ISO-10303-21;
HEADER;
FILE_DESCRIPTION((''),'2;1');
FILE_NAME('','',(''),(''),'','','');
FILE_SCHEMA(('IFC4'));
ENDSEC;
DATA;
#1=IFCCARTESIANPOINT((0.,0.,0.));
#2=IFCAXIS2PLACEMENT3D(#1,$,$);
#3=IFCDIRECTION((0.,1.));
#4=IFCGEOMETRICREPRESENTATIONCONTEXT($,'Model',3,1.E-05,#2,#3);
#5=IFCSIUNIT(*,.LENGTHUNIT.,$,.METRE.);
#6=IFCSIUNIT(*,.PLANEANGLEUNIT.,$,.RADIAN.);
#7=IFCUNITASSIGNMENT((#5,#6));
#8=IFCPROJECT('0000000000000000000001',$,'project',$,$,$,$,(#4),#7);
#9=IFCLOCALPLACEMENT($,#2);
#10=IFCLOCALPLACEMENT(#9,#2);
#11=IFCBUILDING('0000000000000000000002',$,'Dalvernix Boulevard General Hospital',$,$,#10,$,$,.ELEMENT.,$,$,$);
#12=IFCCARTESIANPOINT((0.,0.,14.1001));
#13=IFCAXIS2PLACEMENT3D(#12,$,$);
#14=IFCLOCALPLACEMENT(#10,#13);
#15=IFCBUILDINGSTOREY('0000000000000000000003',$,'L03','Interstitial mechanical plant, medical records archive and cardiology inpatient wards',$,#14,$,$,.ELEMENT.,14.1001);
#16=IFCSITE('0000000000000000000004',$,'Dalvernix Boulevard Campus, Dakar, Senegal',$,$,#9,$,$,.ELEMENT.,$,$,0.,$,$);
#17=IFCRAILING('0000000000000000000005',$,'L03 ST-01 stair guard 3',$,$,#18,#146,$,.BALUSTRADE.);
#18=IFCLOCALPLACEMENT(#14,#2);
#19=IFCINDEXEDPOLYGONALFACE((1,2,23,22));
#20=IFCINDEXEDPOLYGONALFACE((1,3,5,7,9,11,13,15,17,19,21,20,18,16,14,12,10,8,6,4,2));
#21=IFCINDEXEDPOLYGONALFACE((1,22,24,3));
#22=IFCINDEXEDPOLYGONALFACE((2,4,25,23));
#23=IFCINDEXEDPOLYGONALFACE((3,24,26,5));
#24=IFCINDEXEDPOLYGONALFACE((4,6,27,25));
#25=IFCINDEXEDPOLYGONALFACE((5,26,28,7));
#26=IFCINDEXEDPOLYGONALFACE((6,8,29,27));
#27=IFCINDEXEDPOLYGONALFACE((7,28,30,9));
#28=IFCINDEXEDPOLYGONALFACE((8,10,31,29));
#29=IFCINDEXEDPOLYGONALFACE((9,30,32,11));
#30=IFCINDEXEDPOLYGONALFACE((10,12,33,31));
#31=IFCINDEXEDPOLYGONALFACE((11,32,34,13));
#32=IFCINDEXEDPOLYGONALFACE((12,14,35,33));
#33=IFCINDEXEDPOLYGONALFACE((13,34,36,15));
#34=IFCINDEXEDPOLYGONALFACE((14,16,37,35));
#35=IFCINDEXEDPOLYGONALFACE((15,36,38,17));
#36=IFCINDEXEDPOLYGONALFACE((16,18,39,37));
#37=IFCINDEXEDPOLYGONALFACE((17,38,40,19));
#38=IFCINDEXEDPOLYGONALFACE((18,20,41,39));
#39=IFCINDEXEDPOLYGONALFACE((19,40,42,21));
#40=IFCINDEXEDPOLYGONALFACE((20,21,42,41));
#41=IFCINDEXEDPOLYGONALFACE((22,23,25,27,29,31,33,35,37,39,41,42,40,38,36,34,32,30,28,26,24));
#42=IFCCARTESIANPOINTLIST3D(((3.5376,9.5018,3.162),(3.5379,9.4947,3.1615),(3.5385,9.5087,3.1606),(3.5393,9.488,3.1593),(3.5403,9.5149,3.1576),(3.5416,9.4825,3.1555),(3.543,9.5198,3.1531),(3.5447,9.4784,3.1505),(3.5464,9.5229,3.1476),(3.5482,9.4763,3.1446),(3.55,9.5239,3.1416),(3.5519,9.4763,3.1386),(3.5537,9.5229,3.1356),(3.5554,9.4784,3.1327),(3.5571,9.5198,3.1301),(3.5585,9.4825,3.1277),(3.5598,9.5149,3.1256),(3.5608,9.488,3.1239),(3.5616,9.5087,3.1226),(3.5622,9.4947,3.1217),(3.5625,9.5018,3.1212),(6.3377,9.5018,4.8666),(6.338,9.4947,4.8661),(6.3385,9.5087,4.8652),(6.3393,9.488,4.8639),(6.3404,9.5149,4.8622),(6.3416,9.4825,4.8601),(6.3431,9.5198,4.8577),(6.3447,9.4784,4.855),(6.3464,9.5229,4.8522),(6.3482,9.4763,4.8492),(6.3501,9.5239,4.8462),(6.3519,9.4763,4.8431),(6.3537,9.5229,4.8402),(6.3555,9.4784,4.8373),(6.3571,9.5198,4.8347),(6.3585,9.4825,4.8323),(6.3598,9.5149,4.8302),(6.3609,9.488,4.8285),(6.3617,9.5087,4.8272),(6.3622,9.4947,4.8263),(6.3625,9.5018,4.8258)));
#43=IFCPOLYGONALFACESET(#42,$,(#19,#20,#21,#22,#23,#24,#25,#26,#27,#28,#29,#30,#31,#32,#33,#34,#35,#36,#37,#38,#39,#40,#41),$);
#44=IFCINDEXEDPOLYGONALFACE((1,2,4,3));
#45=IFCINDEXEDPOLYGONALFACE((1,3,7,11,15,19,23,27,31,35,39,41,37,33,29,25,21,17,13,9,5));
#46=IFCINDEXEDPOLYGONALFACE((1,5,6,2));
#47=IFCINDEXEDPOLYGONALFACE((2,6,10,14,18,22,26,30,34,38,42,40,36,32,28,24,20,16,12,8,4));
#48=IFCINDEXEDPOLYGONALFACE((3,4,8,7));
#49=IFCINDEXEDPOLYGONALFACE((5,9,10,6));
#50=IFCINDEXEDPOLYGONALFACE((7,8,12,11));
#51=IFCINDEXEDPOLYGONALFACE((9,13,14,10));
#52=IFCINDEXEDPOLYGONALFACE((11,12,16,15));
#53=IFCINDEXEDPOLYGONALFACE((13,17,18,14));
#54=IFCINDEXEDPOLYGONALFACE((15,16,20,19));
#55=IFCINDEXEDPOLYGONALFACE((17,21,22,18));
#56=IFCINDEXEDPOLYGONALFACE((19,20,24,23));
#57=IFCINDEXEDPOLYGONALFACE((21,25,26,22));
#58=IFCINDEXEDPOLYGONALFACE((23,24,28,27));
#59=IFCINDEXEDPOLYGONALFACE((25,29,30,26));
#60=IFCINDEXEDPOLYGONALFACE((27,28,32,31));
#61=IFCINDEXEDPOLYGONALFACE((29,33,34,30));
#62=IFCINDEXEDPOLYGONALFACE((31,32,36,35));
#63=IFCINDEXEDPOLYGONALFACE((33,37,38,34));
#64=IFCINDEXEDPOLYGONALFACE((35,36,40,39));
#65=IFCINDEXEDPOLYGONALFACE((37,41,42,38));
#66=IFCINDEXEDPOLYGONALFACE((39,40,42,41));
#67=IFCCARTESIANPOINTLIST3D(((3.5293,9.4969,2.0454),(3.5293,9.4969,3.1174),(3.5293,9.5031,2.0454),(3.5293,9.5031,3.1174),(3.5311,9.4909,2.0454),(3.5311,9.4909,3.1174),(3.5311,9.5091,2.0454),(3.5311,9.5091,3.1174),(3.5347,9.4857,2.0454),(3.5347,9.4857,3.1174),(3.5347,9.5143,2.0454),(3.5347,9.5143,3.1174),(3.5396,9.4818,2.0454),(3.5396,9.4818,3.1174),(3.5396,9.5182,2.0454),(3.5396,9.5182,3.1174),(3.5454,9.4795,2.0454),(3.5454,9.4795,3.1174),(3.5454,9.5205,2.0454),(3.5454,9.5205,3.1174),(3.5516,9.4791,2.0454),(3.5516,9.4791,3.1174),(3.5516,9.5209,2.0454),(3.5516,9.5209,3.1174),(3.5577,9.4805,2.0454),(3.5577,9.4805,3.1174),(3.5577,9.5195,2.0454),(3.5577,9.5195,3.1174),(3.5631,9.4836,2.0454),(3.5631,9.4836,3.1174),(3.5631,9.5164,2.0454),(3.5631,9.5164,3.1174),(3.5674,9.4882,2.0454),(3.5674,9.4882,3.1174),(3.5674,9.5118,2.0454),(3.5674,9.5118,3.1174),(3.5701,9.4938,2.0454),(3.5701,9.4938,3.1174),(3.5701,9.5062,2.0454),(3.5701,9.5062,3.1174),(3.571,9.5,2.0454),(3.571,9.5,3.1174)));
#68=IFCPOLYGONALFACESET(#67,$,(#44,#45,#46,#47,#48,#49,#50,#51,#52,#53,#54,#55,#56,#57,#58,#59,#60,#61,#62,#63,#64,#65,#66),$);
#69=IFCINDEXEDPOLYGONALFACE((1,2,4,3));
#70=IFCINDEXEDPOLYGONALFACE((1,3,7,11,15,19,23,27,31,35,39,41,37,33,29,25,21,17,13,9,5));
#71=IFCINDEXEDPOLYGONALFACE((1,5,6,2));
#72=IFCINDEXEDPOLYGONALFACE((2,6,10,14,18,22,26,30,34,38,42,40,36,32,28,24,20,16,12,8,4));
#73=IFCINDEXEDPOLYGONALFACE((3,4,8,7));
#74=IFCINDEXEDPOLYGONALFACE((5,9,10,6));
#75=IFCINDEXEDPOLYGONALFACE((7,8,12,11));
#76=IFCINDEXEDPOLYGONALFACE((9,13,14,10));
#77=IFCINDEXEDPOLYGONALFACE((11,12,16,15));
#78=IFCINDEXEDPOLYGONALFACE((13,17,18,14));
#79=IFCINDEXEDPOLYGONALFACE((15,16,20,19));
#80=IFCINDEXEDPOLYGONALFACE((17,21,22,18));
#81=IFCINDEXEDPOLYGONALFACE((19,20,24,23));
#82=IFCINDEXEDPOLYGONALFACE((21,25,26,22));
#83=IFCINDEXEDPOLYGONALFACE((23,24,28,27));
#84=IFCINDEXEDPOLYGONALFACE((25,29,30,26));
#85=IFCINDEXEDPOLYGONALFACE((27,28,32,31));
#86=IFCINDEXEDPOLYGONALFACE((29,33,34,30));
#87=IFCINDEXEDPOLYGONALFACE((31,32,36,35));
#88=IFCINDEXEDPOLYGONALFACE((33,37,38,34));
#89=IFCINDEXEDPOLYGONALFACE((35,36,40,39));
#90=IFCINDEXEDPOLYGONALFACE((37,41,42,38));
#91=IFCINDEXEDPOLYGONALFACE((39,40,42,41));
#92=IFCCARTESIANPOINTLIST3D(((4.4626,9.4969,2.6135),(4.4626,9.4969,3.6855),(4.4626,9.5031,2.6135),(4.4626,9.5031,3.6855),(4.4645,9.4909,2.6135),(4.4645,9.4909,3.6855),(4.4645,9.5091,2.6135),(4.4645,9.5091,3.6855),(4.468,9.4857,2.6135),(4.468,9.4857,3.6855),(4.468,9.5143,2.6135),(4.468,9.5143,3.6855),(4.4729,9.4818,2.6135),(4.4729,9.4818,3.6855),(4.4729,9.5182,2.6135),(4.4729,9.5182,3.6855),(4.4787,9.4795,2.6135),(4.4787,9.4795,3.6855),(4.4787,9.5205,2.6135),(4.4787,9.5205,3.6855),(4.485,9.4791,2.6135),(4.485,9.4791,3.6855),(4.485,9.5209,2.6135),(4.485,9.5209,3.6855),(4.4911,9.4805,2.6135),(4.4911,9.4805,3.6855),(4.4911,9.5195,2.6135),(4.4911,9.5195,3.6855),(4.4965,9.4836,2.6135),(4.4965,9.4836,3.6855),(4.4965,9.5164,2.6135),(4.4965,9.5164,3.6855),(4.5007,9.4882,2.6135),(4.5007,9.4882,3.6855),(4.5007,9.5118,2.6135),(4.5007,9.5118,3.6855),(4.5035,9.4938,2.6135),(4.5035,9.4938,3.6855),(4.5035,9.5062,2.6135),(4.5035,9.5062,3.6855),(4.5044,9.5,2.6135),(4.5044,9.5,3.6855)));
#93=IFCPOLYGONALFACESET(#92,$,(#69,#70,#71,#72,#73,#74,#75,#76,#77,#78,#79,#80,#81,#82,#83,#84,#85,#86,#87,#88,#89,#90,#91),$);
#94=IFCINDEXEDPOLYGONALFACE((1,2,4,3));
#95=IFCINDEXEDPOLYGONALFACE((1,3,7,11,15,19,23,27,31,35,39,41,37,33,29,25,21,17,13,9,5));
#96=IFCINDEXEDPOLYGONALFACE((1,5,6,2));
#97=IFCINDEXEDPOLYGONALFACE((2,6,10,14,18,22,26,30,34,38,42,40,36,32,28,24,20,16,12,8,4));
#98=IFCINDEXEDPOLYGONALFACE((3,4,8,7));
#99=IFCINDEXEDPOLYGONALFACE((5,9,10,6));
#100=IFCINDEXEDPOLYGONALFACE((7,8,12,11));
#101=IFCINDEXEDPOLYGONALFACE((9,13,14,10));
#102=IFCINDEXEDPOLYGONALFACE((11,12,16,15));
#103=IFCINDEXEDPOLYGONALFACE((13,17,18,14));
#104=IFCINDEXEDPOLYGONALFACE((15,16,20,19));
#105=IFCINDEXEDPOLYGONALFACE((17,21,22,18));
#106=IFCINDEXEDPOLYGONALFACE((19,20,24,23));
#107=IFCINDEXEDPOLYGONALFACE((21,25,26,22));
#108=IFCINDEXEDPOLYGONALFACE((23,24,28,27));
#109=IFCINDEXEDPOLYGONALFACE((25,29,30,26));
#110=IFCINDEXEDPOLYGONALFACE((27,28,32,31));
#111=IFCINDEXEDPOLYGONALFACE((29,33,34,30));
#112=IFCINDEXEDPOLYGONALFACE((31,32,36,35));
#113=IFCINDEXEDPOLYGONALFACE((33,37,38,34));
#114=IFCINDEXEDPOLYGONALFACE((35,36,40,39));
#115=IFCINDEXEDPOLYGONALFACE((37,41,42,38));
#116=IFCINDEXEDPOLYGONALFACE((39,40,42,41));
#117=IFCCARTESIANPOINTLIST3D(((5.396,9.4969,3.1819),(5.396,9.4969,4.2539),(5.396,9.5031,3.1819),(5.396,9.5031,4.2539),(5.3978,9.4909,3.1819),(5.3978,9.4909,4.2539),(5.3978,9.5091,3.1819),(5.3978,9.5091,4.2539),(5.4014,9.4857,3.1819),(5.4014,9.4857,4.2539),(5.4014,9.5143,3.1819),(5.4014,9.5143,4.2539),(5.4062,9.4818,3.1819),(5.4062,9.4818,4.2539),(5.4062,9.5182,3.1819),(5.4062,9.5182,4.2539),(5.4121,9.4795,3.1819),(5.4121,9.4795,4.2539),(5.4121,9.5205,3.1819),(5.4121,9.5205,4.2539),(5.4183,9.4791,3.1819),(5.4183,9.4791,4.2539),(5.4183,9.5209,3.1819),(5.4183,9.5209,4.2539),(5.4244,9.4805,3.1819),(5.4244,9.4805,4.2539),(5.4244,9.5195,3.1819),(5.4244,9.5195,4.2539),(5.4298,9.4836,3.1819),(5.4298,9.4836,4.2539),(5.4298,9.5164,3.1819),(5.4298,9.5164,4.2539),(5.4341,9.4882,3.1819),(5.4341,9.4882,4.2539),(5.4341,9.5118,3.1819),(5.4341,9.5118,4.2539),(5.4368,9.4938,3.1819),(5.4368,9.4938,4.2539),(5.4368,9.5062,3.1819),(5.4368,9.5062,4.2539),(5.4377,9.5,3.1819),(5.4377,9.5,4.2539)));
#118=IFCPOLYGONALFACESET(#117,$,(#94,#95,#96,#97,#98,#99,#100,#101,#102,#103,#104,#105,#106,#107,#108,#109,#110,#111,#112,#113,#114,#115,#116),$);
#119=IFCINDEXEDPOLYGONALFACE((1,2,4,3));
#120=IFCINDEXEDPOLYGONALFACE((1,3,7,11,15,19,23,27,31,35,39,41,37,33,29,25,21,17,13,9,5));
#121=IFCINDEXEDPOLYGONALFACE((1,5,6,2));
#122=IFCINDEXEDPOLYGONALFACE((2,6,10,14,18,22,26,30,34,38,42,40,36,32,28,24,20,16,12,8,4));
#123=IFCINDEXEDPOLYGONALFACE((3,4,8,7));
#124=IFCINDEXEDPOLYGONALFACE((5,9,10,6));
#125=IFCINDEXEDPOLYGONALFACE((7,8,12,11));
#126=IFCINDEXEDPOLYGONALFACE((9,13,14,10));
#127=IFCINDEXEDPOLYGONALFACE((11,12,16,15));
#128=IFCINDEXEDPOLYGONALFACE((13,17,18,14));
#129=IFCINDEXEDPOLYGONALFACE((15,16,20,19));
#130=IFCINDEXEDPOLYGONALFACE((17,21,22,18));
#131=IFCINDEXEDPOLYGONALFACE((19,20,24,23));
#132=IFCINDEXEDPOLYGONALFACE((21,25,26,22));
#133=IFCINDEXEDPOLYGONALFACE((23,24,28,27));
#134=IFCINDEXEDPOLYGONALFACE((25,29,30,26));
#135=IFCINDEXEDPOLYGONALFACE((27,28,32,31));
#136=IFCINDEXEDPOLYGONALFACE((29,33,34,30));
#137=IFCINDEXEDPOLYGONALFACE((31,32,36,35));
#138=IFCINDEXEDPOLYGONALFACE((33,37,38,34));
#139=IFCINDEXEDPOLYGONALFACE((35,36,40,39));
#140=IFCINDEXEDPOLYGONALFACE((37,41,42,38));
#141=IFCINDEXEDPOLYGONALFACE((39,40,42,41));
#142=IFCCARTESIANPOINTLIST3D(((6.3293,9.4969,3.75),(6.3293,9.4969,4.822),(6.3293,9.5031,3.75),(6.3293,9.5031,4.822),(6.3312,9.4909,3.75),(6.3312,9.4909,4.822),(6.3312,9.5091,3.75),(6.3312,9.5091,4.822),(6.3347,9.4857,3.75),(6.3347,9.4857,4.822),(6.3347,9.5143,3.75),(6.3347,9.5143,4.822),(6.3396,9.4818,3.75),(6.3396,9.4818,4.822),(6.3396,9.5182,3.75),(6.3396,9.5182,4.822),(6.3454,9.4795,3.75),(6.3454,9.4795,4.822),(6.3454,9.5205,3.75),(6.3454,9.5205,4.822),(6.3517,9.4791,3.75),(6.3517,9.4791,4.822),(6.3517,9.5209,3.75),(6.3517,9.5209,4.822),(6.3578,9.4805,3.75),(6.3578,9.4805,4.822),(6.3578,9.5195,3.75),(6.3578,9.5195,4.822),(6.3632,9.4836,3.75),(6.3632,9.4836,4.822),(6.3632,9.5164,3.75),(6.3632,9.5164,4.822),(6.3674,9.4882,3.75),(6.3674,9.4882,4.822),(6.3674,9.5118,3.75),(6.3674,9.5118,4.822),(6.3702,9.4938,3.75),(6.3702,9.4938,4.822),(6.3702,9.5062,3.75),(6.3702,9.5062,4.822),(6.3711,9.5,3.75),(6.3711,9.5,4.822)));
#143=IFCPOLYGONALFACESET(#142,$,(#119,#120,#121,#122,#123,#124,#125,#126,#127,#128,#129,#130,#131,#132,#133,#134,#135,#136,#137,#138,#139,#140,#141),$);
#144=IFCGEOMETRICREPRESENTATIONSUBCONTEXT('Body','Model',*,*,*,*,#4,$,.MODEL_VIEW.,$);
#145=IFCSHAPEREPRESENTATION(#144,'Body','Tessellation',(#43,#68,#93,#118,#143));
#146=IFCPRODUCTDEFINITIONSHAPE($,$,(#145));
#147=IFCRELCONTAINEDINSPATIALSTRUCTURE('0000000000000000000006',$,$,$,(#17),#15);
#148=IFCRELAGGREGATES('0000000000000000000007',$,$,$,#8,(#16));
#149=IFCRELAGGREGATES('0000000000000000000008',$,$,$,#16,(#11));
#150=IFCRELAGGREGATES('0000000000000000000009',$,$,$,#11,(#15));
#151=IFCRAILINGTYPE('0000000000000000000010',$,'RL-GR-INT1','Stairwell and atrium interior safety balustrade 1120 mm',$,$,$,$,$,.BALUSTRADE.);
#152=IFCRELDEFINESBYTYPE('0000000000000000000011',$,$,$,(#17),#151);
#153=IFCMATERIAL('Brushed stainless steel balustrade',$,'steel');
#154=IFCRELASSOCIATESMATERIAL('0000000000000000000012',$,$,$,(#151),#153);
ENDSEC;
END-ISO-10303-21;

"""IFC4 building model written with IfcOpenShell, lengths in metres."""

from ifc_helpers import new_model, si_unit, direction, frame, origin, origin_2d, place, context, subcontext, project, spatial, circle, extrude, material, type_object, element, save


model = new_model("IFC4")

# Units and contexts
model_context = context("Model", 3, precision=1e-05, world=origin(), true_north=direction((0.0, 1.0)))
body_context = subcontext(model_context, "Body", "Model", "MODEL_VIEW")
ifc_project = project(units=[si_unit("LENGTHUNIT", "METRE"), si_unit("PLANEANGLEUNIT", "RADIAN")], contexts=[model_context])

# Site, building, storey
site_placement = place(None, origin())
site = spatial("IfcSite", under=ifc_project, at=site_placement, Name="Dalvernix Boulevard Campus, Dakar, Senegal", CompositionType="ELEMENT", RefElevation=0.0)
building_placement = place(site_placement, origin())
building = spatial("IfcBuilding", under=site, at=building_placement, Name="Dalvernix Boulevard General Hospital", CompositionType="ELEMENT")
storey_placement = place(building_placement, frame((0.0, 0.0, 14.1001)))
storey = spatial("IfcBuildingStorey", under=building, at=storey_placement, Name="L03", Description="Interstitial mechanical plant, medical records archive and cardiology inpatient wards", CompositionType="ELEMENT", Elevation=14.1001)

# Railing
ifc_material_1 = material(Name="Brushed stainless steel balustrade", Category="steel")
railing_type_1 = type_object("IfcRailingType", Name="RL-GR-INT1", Description="Stairwell and atrium interior safety balustrade 1120 mm", PredefinedType="BALUSTRADE", material=ifc_material_1)
railing_1_placement = place(storey_placement, frame((3.55, 9.5, 2.0454)))
element("IfcRailing", 1, at=railing_1_placement, inside=storey, type_object=railing_type_1, Name="L03 ST-01 stair guard 3", PredefinedType="BALUSTRADE", context=body_context, shape_type="SweptSolid", body=[
    extrude(circle(Radius=0.0239, at=origin_2d()), frame((0.0, 0.0, 1.0962), z_axis=(0.85417, 0.0, 0.519994), x_axis=(0.0, 1.0, 0.0)), (0.0, 0.0, 1.0), 3.2781),
    extrude(circle(Radius=0.021, at=origin_2d()), origin(), (0.0, 0.0, 1.0), 1.072),
    extrude(circle(Radius=0.021, at=origin_2d()), frame((0.9333, 0.0, 0.5681)), (0.0, 0.0, 1.0), 1.072),
    extrude(circle(Radius=0.021, at=origin_2d()), frame((1.8667, 0.0, 1.1365)), (0.0, 0.0, 1.0), 1.072),
    extrude(circle(Radius=0.021, at=origin_2d()), frame((2.8, 0.0, 1.7046)), (0.0, 0.0, 1.0), 1.072),
])

save(model, "model.ifc")
